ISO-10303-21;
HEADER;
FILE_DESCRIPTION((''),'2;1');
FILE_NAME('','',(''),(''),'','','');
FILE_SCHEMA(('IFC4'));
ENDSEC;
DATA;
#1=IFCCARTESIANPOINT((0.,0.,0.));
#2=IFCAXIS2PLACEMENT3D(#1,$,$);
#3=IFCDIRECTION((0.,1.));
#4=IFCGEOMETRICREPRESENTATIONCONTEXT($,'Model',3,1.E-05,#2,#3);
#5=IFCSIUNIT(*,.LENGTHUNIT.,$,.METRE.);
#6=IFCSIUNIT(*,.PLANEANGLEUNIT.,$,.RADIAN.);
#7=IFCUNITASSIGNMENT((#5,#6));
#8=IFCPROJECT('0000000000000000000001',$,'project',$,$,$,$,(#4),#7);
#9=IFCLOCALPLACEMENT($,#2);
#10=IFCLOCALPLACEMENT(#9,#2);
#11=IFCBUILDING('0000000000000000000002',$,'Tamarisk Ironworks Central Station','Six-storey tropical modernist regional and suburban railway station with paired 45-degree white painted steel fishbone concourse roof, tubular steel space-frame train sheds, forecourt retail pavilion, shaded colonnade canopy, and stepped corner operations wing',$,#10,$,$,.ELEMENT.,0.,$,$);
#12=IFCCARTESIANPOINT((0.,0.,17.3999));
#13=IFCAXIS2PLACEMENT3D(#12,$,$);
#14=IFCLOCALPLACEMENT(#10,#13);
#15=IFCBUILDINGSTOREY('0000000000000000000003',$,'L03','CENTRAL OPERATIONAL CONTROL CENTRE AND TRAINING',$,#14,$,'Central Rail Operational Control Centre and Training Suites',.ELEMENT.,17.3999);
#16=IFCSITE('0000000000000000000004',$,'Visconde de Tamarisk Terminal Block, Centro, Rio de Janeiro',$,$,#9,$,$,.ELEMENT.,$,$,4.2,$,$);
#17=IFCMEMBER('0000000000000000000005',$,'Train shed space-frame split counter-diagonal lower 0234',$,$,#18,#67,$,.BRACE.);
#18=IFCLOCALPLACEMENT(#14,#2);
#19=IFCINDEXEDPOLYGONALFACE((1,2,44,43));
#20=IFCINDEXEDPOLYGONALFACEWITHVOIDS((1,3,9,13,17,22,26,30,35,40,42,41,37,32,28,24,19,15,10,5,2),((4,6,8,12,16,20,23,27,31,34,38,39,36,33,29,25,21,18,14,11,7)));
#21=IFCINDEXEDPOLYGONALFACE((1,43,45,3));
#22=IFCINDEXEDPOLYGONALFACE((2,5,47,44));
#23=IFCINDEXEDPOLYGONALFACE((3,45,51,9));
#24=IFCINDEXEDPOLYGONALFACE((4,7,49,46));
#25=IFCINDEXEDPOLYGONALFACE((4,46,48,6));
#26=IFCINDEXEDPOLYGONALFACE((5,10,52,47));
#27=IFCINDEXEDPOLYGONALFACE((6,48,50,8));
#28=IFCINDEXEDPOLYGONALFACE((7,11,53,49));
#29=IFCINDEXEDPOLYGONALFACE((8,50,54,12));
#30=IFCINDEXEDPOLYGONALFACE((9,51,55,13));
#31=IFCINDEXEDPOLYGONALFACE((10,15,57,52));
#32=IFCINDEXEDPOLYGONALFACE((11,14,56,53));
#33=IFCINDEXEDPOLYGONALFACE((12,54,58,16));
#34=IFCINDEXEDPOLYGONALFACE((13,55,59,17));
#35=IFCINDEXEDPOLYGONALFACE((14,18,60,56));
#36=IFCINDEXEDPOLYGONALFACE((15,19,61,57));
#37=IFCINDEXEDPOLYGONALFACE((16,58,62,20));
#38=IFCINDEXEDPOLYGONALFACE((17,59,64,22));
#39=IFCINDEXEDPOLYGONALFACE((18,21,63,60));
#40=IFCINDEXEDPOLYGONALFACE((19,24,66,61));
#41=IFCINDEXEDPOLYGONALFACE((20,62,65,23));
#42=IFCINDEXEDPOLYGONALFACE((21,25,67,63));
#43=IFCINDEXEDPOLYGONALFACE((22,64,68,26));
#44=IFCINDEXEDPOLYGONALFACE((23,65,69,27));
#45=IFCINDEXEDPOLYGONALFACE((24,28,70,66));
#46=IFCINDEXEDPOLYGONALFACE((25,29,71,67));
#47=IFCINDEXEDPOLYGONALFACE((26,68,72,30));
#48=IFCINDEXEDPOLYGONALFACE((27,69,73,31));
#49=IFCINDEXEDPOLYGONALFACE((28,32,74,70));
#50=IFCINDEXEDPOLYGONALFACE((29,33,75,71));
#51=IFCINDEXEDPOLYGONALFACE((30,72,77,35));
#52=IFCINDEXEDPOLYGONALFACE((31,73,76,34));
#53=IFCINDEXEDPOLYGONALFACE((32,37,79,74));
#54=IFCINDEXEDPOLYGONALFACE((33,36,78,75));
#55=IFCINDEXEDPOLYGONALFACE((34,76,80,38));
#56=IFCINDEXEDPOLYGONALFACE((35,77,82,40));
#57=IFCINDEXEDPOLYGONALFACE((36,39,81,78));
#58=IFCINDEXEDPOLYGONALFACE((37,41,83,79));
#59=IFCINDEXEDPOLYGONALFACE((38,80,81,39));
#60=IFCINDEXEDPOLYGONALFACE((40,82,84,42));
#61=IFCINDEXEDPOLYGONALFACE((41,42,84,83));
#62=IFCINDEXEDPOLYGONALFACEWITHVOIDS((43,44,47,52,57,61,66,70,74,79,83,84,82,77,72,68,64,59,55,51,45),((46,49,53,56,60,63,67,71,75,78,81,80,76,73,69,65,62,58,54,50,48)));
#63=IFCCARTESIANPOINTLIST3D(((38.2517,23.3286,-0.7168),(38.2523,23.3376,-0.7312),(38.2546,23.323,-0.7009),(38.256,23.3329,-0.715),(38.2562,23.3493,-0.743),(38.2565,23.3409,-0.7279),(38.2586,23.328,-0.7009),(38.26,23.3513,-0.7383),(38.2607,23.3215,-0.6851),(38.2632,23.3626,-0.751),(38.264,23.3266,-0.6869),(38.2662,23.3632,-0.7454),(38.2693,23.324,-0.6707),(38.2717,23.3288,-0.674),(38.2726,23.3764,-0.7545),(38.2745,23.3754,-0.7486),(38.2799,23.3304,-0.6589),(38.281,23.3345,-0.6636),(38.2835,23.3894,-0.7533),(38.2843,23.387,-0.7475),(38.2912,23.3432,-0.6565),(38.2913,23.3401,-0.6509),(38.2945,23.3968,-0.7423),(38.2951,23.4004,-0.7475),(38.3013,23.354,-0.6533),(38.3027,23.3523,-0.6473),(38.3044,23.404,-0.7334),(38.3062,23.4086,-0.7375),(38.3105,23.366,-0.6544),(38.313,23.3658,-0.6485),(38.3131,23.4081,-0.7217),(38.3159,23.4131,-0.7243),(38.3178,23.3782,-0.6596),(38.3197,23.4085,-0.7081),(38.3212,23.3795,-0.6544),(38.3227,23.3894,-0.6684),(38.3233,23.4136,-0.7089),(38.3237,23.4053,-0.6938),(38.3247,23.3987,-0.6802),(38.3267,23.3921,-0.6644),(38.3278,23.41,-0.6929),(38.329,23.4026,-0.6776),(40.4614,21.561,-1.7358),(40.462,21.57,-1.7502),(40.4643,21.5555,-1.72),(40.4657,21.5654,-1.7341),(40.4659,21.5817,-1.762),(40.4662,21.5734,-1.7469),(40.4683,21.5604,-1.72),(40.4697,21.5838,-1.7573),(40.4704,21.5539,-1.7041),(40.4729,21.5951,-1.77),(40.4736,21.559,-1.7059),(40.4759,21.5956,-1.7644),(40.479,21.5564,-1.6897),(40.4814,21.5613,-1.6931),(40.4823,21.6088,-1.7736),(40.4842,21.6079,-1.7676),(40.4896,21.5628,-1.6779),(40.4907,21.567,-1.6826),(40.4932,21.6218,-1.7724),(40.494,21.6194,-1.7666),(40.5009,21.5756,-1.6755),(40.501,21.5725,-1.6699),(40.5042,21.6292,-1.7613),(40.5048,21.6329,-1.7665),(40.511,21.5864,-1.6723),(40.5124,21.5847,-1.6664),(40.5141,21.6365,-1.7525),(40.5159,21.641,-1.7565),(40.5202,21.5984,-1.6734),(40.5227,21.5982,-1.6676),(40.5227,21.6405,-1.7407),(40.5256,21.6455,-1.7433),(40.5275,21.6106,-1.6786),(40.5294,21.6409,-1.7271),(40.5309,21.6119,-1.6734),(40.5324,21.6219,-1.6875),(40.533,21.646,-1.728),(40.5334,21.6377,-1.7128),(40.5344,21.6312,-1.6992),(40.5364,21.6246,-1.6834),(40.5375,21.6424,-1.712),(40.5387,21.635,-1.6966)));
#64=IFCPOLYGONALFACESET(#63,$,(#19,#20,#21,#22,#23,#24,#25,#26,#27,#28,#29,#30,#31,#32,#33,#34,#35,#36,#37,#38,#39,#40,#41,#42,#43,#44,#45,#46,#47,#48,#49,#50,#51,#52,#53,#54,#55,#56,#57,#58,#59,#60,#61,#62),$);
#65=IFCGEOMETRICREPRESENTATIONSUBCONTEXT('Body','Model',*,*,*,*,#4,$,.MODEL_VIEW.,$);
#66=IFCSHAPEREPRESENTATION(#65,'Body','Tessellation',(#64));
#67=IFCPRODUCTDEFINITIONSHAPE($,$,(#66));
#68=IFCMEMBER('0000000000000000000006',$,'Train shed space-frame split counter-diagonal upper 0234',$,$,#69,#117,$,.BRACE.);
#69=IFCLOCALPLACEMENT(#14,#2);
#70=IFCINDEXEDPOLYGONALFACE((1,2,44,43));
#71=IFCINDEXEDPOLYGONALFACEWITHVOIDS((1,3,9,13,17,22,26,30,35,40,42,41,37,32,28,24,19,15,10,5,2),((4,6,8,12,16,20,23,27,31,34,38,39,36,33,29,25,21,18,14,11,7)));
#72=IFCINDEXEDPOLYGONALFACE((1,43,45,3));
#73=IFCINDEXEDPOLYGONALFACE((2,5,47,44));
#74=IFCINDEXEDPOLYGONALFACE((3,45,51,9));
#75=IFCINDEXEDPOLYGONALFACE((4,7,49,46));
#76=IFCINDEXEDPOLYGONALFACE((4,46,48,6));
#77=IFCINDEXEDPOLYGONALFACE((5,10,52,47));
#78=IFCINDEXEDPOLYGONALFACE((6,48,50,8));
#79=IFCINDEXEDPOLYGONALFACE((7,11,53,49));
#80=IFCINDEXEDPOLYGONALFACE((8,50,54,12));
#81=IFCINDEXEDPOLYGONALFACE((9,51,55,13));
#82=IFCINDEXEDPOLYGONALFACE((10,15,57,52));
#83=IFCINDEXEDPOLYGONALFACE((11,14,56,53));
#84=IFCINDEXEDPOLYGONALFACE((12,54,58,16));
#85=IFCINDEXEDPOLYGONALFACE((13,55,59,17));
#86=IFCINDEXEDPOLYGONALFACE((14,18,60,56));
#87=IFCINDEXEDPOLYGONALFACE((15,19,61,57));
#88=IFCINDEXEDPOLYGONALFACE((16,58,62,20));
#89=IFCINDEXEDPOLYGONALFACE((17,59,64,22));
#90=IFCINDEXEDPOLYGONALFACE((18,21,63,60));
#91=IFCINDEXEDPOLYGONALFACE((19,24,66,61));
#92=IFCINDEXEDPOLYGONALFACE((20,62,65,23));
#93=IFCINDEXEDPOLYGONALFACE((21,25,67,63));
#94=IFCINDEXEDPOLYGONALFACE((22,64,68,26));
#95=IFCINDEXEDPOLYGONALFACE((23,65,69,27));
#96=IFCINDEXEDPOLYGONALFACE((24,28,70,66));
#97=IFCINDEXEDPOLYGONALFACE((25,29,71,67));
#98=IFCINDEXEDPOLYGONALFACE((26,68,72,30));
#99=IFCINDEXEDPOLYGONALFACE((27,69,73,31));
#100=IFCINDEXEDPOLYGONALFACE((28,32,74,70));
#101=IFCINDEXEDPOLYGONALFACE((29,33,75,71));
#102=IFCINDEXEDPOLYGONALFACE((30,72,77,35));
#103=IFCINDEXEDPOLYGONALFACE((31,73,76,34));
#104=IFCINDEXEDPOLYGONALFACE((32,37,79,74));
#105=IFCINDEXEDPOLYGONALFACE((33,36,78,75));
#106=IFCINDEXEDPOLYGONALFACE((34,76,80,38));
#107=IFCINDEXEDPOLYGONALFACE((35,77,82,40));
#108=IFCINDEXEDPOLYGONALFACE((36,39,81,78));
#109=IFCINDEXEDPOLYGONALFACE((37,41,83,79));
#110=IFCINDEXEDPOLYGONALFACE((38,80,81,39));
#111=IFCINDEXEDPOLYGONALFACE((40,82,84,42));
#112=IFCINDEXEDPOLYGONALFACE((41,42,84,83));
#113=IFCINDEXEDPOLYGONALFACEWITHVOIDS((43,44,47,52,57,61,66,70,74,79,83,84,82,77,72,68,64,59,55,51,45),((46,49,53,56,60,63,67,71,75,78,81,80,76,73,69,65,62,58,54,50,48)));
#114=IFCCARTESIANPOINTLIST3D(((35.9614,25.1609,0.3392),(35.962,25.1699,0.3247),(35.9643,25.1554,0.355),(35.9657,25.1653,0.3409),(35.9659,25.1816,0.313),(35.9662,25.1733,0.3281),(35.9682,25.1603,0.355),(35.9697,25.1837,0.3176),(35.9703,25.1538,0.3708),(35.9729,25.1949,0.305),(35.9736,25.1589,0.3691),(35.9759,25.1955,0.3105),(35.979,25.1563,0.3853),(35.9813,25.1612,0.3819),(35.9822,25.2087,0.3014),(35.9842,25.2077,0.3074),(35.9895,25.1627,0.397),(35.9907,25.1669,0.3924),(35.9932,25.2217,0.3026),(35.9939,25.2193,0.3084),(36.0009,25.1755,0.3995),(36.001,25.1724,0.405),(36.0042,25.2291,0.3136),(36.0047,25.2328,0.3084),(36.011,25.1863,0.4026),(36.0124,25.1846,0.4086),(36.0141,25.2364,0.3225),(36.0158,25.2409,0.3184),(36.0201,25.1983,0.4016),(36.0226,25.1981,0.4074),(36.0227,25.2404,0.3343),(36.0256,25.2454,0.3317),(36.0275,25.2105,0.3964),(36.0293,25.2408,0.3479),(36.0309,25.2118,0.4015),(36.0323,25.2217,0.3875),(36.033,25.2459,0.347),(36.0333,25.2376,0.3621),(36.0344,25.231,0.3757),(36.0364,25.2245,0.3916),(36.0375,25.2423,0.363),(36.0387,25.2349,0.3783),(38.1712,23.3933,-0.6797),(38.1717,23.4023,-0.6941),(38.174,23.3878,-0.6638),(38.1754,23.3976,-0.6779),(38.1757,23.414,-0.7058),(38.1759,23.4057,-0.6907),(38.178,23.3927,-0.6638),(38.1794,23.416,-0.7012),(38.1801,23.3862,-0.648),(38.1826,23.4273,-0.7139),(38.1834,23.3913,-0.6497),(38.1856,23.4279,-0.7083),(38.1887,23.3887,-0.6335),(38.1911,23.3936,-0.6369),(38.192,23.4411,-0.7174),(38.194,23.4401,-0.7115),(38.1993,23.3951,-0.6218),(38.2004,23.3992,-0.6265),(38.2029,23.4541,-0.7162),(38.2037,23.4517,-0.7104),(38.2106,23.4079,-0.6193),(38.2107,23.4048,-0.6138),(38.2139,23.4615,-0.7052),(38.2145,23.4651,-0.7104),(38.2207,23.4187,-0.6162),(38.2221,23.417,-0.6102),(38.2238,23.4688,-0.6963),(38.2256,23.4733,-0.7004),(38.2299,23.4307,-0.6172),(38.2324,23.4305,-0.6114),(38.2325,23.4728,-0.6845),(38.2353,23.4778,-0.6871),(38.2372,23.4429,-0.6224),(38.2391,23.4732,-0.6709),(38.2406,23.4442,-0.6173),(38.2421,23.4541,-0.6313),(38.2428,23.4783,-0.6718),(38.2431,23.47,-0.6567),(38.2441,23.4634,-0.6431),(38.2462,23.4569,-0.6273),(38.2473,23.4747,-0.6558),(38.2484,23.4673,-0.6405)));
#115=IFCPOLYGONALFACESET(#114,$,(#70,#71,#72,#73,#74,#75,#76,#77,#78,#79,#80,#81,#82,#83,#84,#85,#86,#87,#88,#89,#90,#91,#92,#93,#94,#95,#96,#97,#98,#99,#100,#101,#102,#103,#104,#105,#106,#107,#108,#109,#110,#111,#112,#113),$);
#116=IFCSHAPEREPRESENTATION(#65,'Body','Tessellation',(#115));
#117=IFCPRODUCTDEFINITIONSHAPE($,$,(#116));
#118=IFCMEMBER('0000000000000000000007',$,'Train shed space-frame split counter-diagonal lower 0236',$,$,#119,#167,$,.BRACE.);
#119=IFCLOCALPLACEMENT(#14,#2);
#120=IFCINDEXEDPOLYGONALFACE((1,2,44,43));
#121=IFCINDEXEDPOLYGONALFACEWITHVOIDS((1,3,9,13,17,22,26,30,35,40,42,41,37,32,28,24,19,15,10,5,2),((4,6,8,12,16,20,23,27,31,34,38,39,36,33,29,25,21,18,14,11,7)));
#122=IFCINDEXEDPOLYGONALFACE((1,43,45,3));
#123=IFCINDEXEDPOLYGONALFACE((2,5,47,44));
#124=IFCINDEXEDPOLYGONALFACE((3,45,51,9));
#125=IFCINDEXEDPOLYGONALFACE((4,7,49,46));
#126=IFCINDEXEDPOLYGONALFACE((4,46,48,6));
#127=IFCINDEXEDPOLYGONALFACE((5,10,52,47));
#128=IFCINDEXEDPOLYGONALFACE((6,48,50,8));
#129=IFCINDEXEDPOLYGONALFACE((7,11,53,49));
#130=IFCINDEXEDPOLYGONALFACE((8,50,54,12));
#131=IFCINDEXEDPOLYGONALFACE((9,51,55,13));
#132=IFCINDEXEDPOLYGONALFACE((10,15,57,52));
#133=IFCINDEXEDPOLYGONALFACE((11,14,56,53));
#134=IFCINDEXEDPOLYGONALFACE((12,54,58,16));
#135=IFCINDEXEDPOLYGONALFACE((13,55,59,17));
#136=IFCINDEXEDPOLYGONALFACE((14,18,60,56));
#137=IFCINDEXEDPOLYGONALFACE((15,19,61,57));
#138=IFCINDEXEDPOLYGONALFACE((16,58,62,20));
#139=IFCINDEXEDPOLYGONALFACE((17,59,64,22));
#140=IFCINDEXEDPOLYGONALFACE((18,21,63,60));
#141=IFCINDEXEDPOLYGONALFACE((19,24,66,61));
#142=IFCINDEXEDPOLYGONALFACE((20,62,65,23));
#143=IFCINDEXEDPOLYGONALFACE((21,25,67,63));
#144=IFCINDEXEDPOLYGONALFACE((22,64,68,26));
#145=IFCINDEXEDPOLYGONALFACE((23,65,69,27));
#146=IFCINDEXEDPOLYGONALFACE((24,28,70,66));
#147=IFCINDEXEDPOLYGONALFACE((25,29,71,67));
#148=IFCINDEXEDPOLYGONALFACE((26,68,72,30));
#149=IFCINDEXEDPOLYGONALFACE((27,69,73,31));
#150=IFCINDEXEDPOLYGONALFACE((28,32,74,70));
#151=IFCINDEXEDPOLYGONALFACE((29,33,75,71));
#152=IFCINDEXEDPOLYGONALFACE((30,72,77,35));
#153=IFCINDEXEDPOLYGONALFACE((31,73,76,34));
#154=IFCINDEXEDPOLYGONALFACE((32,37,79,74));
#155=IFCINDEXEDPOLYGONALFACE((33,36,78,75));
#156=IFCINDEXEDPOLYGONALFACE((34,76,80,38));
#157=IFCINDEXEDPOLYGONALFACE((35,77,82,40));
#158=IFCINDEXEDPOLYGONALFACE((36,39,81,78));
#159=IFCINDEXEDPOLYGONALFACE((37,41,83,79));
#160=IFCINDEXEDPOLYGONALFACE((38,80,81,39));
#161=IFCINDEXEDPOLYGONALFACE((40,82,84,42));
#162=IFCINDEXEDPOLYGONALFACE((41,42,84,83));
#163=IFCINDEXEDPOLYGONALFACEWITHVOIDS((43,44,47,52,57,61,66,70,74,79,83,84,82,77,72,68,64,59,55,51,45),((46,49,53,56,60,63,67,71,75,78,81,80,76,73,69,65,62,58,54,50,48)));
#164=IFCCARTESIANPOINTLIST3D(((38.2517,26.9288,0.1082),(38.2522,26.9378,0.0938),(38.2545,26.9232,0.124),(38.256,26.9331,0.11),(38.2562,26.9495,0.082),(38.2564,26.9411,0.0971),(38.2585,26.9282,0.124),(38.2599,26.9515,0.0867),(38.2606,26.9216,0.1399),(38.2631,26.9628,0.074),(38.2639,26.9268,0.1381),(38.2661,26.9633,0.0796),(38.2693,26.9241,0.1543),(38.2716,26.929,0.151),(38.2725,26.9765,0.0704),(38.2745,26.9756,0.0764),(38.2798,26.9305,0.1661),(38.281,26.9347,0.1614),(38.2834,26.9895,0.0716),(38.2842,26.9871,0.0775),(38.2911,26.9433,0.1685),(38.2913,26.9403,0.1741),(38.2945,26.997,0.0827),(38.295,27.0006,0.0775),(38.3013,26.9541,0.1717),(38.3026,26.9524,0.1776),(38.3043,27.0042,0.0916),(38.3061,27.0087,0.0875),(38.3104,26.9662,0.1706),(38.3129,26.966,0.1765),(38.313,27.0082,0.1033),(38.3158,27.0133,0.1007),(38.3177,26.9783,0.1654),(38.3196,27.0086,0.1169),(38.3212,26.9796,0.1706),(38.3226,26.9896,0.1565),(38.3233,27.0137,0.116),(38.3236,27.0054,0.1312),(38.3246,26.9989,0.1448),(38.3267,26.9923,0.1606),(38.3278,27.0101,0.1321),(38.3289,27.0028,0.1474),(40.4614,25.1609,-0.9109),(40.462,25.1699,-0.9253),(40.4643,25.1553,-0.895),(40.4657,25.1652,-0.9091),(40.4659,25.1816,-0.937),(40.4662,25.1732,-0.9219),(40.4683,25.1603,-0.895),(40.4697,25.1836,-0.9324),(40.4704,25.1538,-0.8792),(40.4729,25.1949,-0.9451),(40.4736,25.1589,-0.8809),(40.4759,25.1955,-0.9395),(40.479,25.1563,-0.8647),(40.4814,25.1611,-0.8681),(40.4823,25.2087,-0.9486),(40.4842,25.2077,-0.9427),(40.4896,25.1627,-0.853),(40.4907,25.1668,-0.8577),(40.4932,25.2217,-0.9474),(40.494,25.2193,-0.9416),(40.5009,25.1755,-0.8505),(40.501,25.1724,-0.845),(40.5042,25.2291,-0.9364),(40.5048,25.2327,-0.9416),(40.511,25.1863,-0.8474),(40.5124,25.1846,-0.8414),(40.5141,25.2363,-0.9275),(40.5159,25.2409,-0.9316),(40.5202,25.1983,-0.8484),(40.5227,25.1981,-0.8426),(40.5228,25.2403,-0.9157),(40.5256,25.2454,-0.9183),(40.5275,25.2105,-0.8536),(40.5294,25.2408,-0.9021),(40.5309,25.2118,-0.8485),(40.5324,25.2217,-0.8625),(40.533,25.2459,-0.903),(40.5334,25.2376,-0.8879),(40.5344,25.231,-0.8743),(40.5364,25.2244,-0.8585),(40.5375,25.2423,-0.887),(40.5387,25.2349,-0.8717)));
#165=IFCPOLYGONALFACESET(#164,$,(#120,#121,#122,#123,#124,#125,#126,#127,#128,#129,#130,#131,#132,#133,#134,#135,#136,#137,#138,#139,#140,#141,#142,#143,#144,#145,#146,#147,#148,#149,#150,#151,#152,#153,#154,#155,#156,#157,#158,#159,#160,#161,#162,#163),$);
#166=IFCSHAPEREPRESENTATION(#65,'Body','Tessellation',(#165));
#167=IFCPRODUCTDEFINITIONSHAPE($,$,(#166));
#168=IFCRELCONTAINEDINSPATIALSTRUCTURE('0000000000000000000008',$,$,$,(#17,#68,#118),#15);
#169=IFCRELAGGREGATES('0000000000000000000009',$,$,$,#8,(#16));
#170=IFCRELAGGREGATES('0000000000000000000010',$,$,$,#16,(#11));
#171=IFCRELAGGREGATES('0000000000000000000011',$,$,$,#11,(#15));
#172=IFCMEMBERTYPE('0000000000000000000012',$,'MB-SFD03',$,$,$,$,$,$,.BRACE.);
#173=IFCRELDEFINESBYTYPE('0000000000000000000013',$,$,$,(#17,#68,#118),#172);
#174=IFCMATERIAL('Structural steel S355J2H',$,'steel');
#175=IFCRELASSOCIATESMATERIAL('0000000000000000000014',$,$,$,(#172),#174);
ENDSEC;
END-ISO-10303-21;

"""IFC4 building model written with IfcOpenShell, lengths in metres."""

from ifc_helpers import new_model, si_unit, direction, frame, origin, origin_2d, place, context, subcontext, project, spatial, hollow_circle, extrude, material, material_profile, profile_set, type_object, element, save


model = new_model("IFC4")

# Units and contexts
model_context = context("Model", 3, precision=1e-05, world=origin(), true_north=direction((0.0, 1.0)))
body_context = subcontext(model_context, "Body", "Model", "MODEL_VIEW")
ifc_project = project(units=[si_unit("LENGTHUNIT", "METRE"), si_unit("PLANEANGLEUNIT", "RADIAN")], contexts=[model_context])

# Site, building, storey
site_placement = place(None, origin())
site = spatial("IfcSite", under=ifc_project, at=site_placement, Name="Visconde de Tamarisk Terminal Block, Centro, Rio de Janeiro", CompositionType="ELEMENT", RefElevation=4.2)
building_placement = place(site_placement, origin())
building = spatial("IfcBuilding", under=site, at=building_placement, Name="Tamarisk Ironworks Central Station", Description="Six-storey tropical modernist regional and suburban railway station with paired 45-degree white painted steel fishbone concourse roof, tubular steel space-frame train sheds, forecourt retail pavilion, shaded colonnade canopy, and stepped corner operations wing", CompositionType="ELEMENT", ElevationOfRefHeight=0.0)
storey_placement = place(building_placement, frame((0.0, 0.0, 17.3999)))
storey = spatial("IfcBuildingStorey", under=building, at=storey_placement, Name="L03", Description="CENTRAL OPERATIONAL CONTROL CENTRE AND TRAINING", LongName="Central Rail Operational Control Centre and Training Suites", CompositionType="ELEMENT", Elevation=17.3999)

# Members
ifc_material_1 = material(Name="Structural steel S355J2H", Category="steel")
ifc_material_profile_1 = material_profile(ifc_material_1, hollow_circle(Radius=0.0571, WallThickness=0.0063, at=origin_2d()), Name="CHS 114.3x6.3")
ifc_profile_set_1 = profile_set([ifc_material_profile_1], Name="Structural steel S355J2H")
member_type_1 = type_object("IfcMemberType", Name="MB-SFD03", PredefinedType="BRACE", material=ifc_profile_set_1)
for number, where, z_axis, x_axis, name in (
    (1, (40.5, 21.6001, -1.72), (-0.734712, 0.587705, 0.338823), (-0.624653, -0.780902, 0.0), "Train shed space-frame split counter-diagonal lower 0234"),
    (2, (38.2097, 23.4324, -0.6638), (-0.734732, 0.587721, 0.338751), (-0.624653, -0.780902, 0.0), "Train shed space-frame split counter-diagonal upper 0234"),
):
    element("IfcMember", number, at=place(storey_placement, frame(where, z_axis=z_axis, x_axis=x_axis)), inside=storey, type_object=member_type_1, Name=name, PredefinedType="BRACE", context=body_context, shape_type="SweptSolid", body=[
        extrude(hollow_circle(Radius=0.0571, WallThickness=0.0063, at=origin_2d()), origin(), (0.0, 0.0, 1.0), 3.0076),
    ])
for number, where, z_axis, x_axis, name in (
    (3, (40.5, 25.2, -0.895), (-0.734677, 0.587758, 0.338807), (-0.624706, -0.78086, 0.0), "Train shed space-frame split counter-diagonal lower 0236"),
):
    element("IfcMember", number, at=place(storey_placement, frame(where, z_axis=z_axis, x_axis=x_axis)), inside=storey, type_object=member_type_1, Name=name, PredefinedType="BRACE", context=body_context, shape_type="SweptSolid", body=[
        extrude(hollow_circle(Radius=0.0571, WallThickness=0.0063, at=origin_2d()), origin(), (0.0, 0.0, 1.0), 3.0078),
    ])

save(model, "model.ifc")
